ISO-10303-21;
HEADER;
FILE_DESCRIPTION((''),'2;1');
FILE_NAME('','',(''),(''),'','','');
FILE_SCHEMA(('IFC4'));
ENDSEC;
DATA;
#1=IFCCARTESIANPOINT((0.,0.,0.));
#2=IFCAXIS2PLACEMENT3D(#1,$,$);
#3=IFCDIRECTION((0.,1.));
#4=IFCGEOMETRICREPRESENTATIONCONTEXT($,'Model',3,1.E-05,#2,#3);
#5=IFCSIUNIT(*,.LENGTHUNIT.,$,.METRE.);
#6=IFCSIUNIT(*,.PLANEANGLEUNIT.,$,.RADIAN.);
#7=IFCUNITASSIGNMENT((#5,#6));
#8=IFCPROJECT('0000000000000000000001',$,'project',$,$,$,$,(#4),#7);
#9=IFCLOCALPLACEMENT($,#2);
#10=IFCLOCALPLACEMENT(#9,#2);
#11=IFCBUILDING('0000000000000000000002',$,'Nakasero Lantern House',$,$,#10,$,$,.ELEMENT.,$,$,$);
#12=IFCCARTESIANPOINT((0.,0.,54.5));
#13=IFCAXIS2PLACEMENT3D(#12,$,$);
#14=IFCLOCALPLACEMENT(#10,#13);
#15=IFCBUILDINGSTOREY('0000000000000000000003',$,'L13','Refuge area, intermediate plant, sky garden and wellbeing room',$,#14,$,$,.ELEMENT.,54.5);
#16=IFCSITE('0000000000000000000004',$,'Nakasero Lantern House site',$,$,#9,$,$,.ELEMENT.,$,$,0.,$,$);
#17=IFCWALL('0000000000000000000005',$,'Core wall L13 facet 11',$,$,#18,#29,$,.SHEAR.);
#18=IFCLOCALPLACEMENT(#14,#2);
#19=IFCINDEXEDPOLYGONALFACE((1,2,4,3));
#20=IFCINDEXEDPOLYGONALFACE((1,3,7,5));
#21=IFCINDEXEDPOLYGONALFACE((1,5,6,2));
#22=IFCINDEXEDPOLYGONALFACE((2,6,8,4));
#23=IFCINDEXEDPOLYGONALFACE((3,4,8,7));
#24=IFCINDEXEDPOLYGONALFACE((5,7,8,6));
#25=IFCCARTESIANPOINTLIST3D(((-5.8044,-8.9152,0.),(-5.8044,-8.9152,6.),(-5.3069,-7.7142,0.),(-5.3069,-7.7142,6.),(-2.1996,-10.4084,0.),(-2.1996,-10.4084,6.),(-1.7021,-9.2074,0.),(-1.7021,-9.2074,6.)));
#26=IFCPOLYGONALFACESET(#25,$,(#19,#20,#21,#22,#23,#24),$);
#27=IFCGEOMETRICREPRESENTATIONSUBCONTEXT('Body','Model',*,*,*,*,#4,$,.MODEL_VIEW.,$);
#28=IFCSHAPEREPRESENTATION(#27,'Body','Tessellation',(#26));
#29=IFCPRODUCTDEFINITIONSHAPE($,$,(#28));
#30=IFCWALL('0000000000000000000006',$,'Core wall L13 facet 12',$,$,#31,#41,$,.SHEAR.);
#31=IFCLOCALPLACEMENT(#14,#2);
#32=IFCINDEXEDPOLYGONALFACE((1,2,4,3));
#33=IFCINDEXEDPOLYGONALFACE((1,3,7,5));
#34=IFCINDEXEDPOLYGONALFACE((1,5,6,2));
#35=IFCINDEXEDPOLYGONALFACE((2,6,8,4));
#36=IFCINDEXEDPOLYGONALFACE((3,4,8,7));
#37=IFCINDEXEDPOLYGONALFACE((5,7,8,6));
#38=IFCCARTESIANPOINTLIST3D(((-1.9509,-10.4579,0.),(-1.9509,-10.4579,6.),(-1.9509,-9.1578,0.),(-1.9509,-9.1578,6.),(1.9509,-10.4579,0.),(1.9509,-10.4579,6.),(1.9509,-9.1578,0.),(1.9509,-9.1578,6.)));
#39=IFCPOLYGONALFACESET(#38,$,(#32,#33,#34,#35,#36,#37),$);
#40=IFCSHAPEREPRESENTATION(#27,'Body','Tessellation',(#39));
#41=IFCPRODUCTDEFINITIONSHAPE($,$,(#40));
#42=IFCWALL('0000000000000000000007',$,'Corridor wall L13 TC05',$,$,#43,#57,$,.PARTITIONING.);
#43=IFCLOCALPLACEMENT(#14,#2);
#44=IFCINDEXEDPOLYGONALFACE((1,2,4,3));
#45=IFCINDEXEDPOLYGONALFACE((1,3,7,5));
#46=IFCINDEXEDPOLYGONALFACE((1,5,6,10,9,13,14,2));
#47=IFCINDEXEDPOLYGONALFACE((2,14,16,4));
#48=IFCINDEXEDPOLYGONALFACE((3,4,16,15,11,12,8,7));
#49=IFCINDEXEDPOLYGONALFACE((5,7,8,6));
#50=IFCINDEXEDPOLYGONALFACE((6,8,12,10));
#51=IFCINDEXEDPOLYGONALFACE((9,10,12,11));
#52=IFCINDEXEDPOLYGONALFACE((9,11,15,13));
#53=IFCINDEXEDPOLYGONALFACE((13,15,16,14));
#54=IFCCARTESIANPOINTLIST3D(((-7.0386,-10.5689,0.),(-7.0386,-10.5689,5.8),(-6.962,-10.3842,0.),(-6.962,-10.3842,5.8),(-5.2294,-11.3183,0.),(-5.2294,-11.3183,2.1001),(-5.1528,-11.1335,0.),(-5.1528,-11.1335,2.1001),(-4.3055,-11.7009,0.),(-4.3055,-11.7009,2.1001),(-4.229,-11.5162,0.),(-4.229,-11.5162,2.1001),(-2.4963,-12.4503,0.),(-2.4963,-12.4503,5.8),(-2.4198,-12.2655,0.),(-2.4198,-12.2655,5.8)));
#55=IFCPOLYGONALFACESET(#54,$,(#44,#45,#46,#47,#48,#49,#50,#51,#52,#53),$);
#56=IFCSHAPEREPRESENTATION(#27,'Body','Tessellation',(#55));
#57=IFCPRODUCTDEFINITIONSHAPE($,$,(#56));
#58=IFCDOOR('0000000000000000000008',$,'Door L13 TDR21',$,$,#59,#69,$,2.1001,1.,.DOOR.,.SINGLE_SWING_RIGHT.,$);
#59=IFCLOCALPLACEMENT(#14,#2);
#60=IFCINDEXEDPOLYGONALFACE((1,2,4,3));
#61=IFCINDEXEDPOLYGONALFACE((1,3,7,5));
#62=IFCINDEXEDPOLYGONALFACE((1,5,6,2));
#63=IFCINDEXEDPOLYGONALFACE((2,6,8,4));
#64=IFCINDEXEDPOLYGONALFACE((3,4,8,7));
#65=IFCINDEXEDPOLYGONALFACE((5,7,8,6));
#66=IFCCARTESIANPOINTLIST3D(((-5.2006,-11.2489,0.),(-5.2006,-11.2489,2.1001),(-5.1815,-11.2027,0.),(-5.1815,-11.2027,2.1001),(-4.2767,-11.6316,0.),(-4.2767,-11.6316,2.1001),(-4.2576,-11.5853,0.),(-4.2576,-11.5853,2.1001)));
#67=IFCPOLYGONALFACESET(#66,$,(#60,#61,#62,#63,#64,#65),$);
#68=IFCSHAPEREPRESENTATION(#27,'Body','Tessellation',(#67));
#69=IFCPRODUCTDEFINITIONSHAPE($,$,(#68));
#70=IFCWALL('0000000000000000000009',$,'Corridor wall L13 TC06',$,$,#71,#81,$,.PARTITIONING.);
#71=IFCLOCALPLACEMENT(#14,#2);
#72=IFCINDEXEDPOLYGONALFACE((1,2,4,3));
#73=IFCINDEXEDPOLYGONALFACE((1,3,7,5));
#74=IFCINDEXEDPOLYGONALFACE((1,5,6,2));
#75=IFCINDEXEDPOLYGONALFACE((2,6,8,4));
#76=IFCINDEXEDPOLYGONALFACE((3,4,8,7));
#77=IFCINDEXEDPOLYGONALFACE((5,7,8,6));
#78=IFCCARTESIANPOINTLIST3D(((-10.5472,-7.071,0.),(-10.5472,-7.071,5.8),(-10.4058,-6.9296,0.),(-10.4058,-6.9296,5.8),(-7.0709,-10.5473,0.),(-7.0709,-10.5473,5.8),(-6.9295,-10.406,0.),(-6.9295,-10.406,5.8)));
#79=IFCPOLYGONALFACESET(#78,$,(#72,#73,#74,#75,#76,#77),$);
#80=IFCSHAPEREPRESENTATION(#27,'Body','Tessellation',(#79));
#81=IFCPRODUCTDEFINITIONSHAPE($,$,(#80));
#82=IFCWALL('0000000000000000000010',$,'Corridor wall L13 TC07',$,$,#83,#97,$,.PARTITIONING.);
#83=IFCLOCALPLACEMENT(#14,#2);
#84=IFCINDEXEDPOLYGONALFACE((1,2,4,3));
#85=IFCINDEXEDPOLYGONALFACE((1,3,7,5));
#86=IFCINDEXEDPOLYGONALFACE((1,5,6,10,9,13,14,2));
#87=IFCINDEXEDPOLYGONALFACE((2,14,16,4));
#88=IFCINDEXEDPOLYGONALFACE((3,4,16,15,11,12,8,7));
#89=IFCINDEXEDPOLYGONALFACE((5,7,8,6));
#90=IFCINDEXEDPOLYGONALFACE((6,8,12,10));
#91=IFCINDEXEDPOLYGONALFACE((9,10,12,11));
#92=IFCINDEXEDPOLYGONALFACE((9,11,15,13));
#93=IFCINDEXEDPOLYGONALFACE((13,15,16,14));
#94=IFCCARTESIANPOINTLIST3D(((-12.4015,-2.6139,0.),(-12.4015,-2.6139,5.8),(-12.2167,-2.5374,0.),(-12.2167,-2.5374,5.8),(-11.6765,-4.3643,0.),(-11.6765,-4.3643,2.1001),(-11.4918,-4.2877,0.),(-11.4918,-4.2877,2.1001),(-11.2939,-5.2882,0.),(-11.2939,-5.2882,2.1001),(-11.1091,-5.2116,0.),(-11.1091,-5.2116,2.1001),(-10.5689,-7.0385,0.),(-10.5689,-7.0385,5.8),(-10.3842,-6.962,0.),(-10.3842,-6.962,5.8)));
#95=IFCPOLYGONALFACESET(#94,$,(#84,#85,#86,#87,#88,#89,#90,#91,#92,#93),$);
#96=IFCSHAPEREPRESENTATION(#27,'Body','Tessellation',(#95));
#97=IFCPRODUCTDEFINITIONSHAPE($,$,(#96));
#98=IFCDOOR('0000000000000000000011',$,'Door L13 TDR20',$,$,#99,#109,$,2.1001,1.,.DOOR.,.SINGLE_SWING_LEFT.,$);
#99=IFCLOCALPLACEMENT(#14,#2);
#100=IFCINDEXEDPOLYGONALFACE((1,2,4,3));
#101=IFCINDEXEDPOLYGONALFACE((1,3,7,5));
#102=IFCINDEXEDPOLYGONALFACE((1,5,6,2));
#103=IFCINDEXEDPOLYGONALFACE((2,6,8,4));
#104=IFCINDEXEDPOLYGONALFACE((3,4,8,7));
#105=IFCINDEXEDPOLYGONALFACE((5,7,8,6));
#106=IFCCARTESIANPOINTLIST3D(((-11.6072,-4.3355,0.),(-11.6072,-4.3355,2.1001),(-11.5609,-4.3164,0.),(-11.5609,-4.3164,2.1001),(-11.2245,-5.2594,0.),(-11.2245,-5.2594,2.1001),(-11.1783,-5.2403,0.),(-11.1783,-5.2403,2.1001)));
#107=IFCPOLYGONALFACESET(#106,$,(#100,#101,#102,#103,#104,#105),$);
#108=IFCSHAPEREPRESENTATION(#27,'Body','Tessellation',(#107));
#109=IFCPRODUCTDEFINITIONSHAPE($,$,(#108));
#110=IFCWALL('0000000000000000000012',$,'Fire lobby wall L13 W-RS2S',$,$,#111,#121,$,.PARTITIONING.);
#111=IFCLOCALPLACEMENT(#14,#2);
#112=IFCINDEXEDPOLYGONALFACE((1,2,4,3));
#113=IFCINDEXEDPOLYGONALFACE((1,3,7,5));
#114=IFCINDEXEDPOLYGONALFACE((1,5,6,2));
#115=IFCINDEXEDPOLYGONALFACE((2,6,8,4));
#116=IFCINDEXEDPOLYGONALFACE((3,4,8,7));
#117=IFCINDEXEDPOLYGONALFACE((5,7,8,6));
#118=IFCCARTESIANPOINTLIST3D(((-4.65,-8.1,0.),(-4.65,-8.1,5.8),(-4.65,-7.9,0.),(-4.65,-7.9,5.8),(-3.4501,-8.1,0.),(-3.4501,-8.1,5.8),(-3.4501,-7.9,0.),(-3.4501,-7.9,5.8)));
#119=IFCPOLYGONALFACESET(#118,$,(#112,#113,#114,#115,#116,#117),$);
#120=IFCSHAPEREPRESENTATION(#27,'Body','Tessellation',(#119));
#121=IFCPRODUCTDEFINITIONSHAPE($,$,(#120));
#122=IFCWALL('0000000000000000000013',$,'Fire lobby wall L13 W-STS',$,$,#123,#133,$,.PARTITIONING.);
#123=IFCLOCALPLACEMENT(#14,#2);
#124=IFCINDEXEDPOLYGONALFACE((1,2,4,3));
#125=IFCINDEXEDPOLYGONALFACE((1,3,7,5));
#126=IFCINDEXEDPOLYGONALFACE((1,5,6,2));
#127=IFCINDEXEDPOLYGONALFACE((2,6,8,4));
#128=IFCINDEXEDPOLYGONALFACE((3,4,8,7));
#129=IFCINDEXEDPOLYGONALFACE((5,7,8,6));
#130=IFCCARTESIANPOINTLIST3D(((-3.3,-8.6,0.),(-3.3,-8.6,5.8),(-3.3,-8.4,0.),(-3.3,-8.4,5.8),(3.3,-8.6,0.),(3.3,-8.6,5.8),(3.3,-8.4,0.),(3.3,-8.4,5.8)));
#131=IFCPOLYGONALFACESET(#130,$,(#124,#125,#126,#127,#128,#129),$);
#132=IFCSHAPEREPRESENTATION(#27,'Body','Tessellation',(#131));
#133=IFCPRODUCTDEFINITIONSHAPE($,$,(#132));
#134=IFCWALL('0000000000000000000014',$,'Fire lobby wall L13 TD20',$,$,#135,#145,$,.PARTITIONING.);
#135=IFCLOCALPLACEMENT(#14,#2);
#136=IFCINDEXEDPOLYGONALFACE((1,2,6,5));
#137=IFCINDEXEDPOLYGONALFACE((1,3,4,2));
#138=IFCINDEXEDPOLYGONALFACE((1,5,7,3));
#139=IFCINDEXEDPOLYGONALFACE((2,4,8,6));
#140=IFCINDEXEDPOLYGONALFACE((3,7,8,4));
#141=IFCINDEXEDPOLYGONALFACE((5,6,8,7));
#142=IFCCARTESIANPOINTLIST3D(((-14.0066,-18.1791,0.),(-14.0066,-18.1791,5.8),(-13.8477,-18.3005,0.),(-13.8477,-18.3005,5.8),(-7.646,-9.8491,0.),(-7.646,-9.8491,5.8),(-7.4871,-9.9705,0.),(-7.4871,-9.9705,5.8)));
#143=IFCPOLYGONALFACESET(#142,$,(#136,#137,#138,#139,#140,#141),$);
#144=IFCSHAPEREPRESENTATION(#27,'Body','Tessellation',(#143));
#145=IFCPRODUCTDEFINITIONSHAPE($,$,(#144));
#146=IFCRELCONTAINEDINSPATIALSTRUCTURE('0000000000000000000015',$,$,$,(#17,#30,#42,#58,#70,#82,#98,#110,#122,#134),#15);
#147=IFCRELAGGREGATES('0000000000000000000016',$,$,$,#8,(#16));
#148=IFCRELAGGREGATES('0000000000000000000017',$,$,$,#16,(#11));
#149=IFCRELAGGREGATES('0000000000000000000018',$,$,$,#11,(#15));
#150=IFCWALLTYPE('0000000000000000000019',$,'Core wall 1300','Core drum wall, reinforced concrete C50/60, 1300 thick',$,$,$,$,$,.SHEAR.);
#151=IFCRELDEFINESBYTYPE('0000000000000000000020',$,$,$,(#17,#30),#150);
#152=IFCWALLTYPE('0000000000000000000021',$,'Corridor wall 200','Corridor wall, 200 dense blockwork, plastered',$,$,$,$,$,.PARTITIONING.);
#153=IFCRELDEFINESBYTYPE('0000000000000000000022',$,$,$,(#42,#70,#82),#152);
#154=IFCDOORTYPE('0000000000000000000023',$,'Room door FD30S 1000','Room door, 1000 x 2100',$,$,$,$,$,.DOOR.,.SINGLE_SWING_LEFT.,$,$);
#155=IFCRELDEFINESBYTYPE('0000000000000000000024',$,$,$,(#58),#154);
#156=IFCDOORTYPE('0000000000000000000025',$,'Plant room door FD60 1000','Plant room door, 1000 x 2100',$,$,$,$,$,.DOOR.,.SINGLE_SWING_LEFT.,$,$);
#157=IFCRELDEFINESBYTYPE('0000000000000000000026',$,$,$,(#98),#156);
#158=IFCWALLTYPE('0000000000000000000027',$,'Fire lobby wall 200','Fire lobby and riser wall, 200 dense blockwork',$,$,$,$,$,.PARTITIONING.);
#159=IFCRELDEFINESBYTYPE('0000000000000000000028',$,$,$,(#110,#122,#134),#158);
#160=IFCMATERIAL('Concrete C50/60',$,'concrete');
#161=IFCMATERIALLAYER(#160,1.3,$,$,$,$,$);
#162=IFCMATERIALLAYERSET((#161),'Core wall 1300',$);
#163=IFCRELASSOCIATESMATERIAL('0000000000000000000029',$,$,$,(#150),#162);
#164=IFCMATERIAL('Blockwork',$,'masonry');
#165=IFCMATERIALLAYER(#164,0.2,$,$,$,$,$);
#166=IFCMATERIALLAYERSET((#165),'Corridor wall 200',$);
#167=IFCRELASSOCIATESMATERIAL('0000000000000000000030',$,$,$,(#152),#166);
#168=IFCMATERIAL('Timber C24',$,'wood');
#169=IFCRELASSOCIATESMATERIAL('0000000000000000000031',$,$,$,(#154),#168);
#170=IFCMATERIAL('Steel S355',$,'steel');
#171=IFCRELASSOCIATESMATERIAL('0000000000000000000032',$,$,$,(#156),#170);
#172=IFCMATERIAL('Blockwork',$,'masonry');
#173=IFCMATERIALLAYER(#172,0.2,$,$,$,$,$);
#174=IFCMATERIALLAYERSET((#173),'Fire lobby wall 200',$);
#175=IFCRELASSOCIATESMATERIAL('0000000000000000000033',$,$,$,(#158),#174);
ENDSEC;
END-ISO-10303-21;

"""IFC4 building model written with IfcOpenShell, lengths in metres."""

from ifc_helpers import new_model, si_unit, direction, frame, frame_2d, origin, place, context, subcontext, project, spatial, rectangle, extrude, material, layer, layer_set, type_object, element, fill, save


model = new_model("IFC4")

# Units and contexts
model_context = context("Model", 3, precision=1e-05, world=origin(), true_north=direction((0.0, 1.0)))
body_context = subcontext(model_context, "Body", "Model", "MODEL_VIEW")
ifc_project = project(units=[si_unit("LENGTHUNIT", "METRE"), si_unit("PLANEANGLEUNIT", "RADIAN")], contexts=[model_context])

# Site, building, storey
site_placement = place(None, origin())
site = spatial("IfcSite", under=ifc_project, at=site_placement, Name="Nakasero Lantern House site", CompositionType="ELEMENT", RefElevation=0.0)
building_placement = place(site_placement, origin())
building = spatial("IfcBuilding", under=site, at=building_placement, Name="Nakasero Lantern House", CompositionType="ELEMENT")
storey_placement = place(building_placement, frame((0.0, 0.0, 54.5)))
storey = spatial("IfcBuildingStorey", under=building, at=storey_placement, Name="L13", Description="Refuge area, intermediate plant, sky garden and wellbeing room", CompositionType="ELEMENT", Elevation=54.5)

# Walls
ifc_material_1 = material(Name="Concrete C50/60", Category="concrete")
ifc_layer_1 = layer(ifc_material_1, 1.3)
ifc_layer_set_1 = layer_set([ifc_layer_1], Name="Core wall 1300")
wall_type_1 = type_object("IfcWallType", Name="Core wall 1300", Description="Core drum wall, reinforced concrete C50/60, 1300 thick", PredefinedType="SHEAR", material=ifc_layer_set_1)
for number, where, z_axis, x_axis, name in (
    (1, (-5.5557, -8.3147, 0.0), (0.0, 0.0, 1.0), (0.923877, -0.382691, 0.0), "Core wall L13 facet 11"),
    (2, (-1.9509, -9.8079, 0.0), (0.0, 0.0, 1.0), (1.0, 0.0, 0.0), "Core wall L13 facet 12"),
):
    element("IfcWall", number, at=place(storey_placement, frame(where, z_axis=z_axis, x_axis=x_axis)), inside=storey, type_object=wall_type_1, Name=name, PredefinedType="SHEAR", context=body_context, shape_type="SweptSolid", body=[
        extrude(rectangle(XDim=3.9019, YDim=1.3, at=frame_2d((1.9509, 0.0))), origin(), (0.0, 0.0, 1.0), 6.0),
    ])

# Wall, opening, door
ifc_material_2 = material(Name="Blockwork", Category="masonry")
ifc_layer_2 = layer(ifc_material_2, 0.2)
ifc_layer_set_2 = layer_set([ifc_layer_2], Name="Corridor wall 200")
wall_type_2 = type_object("IfcWallType", Name="Corridor wall 200", Description="Corridor wall, 200 dense blockwork, plastered", PredefinedType="PARTITIONING", material=ifc_layer_set_2)
wall_1_placement = place(storey_placement, frame((-2.458, -12.3579, 0.0), z_axis=(0.0, 0.0, 1.0), x_axis=(-0.923887, 0.382665, 0.0)))
wall_1 = element("IfcWall", 3, at=wall_1_placement, inside=storey, type_object=wall_type_2, Name="Corridor wall L13 TC05", PredefinedType="PARTITIONING", context=body_context, shape_type="SweptSolid", body=[
    extrude(rectangle(XDim=4.9165, YDim=0.2, at=frame_2d((2.4583, 0.0))), origin(), (0.0, 0.0, 1.0), 5.8),
])
opening_1_placement = place(wall_1_placement, frame((1.9583, 0.0, 0.0)))
opening_1 = element("IfcOpeningElement", 4, at=opening_1_placement, cuts=wall_1, PredefinedType="OPENING", context=body_context, shape_type="SweptSolid", body=[
    extrude(rectangle(XDim=1.0, YDim=2.1001, at=frame_2d((0.5, 1.05))), frame((0.0, 0.1199, 0.0), z_axis=(0.0, -1.0, 0.0), x_axis=(1.0, 0.0, 0.0)), (0.0, 0.0, 1.0), 0.24),
])
ifc_material_3 = material(Name="Timber C24", Category="wood")
door_type_1 = type_object("IfcDoorType", Name="Room door FD30S 1000", Description="Room door, 1000 x 2100", OperationType="SINGLE_SWING_LEFT", PredefinedType="DOOR", material=ifc_material_3)
door_1_placement = place(opening_1_placement, origin())
door_1 = element("IfcDoor", 5, at=door_1_placement, inside=storey, type_object=door_type_1, Name="Door L13 TDR21", OperationType="SINGLE_SWING_RIGHT", OverallHeight=2.1001, OverallWidth=1.0, PredefinedType="DOOR", context=body_context, shape_type="SweptSolid", body=[
    extrude(rectangle(XDim=1.0, YDim=2.1001, at=frame_2d((0.5, 1.05))), frame((0.0, 0.0249, 0.0), z_axis=(0.0, -1.0, 0.0), x_axis=(1.0, 0.0, 0.0)), (0.0, 0.0, 1.0), 0.05),
])
fill(opening_1, door_1)

# Wall
wall_2_placement = place(storey_placement, frame((-7.0002, -10.4766, 0.0), z_axis=(0.0, 0.0, 1.0), x_axis=(-0.707107, 0.707107, 0.0)))
element("IfcWall", 6, at=wall_2_placement, inside=storey, type_object=wall_type_2, Name="Corridor wall L13 TC06", PredefinedType="PARTITIONING", context=body_context, shape_type="SweptSolid", body=[
    extrude(rectangle(XDim=4.9163, YDim=0.2, at=frame_2d((2.458, 0.0))), origin(), (0.0, 0.0, 1.0), 5.8),
])

# Wall, opening, door
wall_3_placement = place(storey_placement, frame((-10.4766, -7.0002, 0.0), z_axis=(0.0, 0.0, 1.0), x_axis=(-0.382649, 0.923894, 0.0)))
wall_3 = element("IfcWall", 7, at=wall_3_placement, inside=storey, type_object=wall_type_2, Name="Corridor wall L13 TC07", PredefinedType="PARTITIONING", context=body_context, shape_type="SweptSolid", body=[
    extrude(rectangle(XDim=4.7891, YDim=0.2, at=frame_2d((2.3945, 0.0))), origin(), (0.0, 0.0, 1.0), 5.8),
])
opening_2_placement = place(wall_3_placement, frame((1.8945, 0.0, 0.0)))
opening_2 = element("IfcOpeningElement", 8, at=opening_2_placement, cuts=wall_3, PredefinedType="OPENING", context=body_context, shape_type="SweptSolid", body=[
    extrude(rectangle(XDim=1.0, YDim=2.1001, at=frame_2d((0.5, 1.05))), frame((0.0, 0.1199, 0.0), z_axis=(0.0, -1.0, 0.0), x_axis=(1.0, 0.0, 0.0)), (0.0, 0.0, 1.0), 0.24),
])
ifc_material_4 = material(Name="Steel S355", Category="steel")
door_type_2 = type_object("IfcDoorType", Name="Plant room door FD60 1000", Description="Plant room door, 1000 x 2100", OperationType="SINGLE_SWING_LEFT", PredefinedType="DOOR", material=ifc_material_4)
door_2_placement = place(opening_2_placement, origin())
door_2 = element("IfcDoor", 9, at=door_2_placement, inside=storey, type_object=door_type_2, Name="Door L13 TDR20", OperationType="SINGLE_SWING_LEFT", OverallHeight=2.1001, OverallWidth=1.0, PredefinedType="DOOR", context=body_context, shape_type="SweptSolid", body=[
    extrude(rectangle(XDim=1.0, YDim=2.1001, at=frame_2d((0.5, 1.05))), frame((0.0, 0.0249, 0.0), z_axis=(0.0, -1.0, 0.0), x_axis=(1.0, 0.0, 0.0)), (0.0, 0.0, 1.0), 0.05),
])
fill(opening_2, door_2)

# Walls
ifc_material_5 = material(Name="Blockwork", Category="masonry")
ifc_layer_3 = layer(ifc_material_5, 0.2)
ifc_layer_set_3 = layer_set([ifc_layer_3], Name="Fire lobby wall 200")
wall_type_3 = type_object("IfcWallType", Name="Fire lobby wall 200", Description="Fire lobby and riser wall, 200 dense blockwork", PredefinedType="PARTITIONING", material=ifc_layer_set_3)
wall_4_placement = place(storey_placement, frame((-3.45, -8.0, 0.0), z_axis=(0.0, 0.0, 1.0), x_axis=(-1.0, 0.0, 0.0)))
element("IfcWall", 10, at=wall_4_placement, inside=storey, type_object=wall_type_3, Name="Fire lobby wall L13 W-RS2S", PredefinedType="PARTITIONING", context=body_context, shape_type="SweptSolid", body=[
    extrude(rectangle(XDim=1.2, YDim=0.2, at=frame_2d((0.6001, 0.0))), origin(), (0.0, 0.0, 1.0), 5.8),
])
wall_5_placement = place(storey_placement, frame((-3.3, -8.5, 0.0), z_axis=(0.0, 0.0, 1.0), x_axis=(1.0, 0.0, 0.0)))
element("IfcWall", 11, at=wall_5_placement, inside=storey, type_object=wall_type_3, Name="Fire lobby wall L13 W-STS", PredefinedType="PARTITIONING", context=body_context, shape_type="SweptSolid", body=[
    extrude(rectangle(XDim=6.6001, YDim=0.2, at=frame_2d((3.3, 0.0))), origin(), (0.0, 0.0, 1.0), 5.8),
])
wall_6_placement = place(storey_placement, frame((-7.5667, -9.9099, 0.0), z_axis=(0.0, 0.0, 1.0), x_axis=(-0.60688, -0.794793, 0.0)))
element("IfcWall", 12, at=wall_6_placement, inside=storey, type_object=wall_type_3, Name="Fire lobby wall L13 TD20", PredefinedType="PARTITIONING", context=body_context, shape_type="SweptSolid", body=[
    extrude(rectangle(XDim=10.4807, YDim=0.2, at=frame_2d((5.2402, 0.0))), origin(), (0.0, 0.0, 1.0), 5.8),
])

save(model, "model.ifc")
